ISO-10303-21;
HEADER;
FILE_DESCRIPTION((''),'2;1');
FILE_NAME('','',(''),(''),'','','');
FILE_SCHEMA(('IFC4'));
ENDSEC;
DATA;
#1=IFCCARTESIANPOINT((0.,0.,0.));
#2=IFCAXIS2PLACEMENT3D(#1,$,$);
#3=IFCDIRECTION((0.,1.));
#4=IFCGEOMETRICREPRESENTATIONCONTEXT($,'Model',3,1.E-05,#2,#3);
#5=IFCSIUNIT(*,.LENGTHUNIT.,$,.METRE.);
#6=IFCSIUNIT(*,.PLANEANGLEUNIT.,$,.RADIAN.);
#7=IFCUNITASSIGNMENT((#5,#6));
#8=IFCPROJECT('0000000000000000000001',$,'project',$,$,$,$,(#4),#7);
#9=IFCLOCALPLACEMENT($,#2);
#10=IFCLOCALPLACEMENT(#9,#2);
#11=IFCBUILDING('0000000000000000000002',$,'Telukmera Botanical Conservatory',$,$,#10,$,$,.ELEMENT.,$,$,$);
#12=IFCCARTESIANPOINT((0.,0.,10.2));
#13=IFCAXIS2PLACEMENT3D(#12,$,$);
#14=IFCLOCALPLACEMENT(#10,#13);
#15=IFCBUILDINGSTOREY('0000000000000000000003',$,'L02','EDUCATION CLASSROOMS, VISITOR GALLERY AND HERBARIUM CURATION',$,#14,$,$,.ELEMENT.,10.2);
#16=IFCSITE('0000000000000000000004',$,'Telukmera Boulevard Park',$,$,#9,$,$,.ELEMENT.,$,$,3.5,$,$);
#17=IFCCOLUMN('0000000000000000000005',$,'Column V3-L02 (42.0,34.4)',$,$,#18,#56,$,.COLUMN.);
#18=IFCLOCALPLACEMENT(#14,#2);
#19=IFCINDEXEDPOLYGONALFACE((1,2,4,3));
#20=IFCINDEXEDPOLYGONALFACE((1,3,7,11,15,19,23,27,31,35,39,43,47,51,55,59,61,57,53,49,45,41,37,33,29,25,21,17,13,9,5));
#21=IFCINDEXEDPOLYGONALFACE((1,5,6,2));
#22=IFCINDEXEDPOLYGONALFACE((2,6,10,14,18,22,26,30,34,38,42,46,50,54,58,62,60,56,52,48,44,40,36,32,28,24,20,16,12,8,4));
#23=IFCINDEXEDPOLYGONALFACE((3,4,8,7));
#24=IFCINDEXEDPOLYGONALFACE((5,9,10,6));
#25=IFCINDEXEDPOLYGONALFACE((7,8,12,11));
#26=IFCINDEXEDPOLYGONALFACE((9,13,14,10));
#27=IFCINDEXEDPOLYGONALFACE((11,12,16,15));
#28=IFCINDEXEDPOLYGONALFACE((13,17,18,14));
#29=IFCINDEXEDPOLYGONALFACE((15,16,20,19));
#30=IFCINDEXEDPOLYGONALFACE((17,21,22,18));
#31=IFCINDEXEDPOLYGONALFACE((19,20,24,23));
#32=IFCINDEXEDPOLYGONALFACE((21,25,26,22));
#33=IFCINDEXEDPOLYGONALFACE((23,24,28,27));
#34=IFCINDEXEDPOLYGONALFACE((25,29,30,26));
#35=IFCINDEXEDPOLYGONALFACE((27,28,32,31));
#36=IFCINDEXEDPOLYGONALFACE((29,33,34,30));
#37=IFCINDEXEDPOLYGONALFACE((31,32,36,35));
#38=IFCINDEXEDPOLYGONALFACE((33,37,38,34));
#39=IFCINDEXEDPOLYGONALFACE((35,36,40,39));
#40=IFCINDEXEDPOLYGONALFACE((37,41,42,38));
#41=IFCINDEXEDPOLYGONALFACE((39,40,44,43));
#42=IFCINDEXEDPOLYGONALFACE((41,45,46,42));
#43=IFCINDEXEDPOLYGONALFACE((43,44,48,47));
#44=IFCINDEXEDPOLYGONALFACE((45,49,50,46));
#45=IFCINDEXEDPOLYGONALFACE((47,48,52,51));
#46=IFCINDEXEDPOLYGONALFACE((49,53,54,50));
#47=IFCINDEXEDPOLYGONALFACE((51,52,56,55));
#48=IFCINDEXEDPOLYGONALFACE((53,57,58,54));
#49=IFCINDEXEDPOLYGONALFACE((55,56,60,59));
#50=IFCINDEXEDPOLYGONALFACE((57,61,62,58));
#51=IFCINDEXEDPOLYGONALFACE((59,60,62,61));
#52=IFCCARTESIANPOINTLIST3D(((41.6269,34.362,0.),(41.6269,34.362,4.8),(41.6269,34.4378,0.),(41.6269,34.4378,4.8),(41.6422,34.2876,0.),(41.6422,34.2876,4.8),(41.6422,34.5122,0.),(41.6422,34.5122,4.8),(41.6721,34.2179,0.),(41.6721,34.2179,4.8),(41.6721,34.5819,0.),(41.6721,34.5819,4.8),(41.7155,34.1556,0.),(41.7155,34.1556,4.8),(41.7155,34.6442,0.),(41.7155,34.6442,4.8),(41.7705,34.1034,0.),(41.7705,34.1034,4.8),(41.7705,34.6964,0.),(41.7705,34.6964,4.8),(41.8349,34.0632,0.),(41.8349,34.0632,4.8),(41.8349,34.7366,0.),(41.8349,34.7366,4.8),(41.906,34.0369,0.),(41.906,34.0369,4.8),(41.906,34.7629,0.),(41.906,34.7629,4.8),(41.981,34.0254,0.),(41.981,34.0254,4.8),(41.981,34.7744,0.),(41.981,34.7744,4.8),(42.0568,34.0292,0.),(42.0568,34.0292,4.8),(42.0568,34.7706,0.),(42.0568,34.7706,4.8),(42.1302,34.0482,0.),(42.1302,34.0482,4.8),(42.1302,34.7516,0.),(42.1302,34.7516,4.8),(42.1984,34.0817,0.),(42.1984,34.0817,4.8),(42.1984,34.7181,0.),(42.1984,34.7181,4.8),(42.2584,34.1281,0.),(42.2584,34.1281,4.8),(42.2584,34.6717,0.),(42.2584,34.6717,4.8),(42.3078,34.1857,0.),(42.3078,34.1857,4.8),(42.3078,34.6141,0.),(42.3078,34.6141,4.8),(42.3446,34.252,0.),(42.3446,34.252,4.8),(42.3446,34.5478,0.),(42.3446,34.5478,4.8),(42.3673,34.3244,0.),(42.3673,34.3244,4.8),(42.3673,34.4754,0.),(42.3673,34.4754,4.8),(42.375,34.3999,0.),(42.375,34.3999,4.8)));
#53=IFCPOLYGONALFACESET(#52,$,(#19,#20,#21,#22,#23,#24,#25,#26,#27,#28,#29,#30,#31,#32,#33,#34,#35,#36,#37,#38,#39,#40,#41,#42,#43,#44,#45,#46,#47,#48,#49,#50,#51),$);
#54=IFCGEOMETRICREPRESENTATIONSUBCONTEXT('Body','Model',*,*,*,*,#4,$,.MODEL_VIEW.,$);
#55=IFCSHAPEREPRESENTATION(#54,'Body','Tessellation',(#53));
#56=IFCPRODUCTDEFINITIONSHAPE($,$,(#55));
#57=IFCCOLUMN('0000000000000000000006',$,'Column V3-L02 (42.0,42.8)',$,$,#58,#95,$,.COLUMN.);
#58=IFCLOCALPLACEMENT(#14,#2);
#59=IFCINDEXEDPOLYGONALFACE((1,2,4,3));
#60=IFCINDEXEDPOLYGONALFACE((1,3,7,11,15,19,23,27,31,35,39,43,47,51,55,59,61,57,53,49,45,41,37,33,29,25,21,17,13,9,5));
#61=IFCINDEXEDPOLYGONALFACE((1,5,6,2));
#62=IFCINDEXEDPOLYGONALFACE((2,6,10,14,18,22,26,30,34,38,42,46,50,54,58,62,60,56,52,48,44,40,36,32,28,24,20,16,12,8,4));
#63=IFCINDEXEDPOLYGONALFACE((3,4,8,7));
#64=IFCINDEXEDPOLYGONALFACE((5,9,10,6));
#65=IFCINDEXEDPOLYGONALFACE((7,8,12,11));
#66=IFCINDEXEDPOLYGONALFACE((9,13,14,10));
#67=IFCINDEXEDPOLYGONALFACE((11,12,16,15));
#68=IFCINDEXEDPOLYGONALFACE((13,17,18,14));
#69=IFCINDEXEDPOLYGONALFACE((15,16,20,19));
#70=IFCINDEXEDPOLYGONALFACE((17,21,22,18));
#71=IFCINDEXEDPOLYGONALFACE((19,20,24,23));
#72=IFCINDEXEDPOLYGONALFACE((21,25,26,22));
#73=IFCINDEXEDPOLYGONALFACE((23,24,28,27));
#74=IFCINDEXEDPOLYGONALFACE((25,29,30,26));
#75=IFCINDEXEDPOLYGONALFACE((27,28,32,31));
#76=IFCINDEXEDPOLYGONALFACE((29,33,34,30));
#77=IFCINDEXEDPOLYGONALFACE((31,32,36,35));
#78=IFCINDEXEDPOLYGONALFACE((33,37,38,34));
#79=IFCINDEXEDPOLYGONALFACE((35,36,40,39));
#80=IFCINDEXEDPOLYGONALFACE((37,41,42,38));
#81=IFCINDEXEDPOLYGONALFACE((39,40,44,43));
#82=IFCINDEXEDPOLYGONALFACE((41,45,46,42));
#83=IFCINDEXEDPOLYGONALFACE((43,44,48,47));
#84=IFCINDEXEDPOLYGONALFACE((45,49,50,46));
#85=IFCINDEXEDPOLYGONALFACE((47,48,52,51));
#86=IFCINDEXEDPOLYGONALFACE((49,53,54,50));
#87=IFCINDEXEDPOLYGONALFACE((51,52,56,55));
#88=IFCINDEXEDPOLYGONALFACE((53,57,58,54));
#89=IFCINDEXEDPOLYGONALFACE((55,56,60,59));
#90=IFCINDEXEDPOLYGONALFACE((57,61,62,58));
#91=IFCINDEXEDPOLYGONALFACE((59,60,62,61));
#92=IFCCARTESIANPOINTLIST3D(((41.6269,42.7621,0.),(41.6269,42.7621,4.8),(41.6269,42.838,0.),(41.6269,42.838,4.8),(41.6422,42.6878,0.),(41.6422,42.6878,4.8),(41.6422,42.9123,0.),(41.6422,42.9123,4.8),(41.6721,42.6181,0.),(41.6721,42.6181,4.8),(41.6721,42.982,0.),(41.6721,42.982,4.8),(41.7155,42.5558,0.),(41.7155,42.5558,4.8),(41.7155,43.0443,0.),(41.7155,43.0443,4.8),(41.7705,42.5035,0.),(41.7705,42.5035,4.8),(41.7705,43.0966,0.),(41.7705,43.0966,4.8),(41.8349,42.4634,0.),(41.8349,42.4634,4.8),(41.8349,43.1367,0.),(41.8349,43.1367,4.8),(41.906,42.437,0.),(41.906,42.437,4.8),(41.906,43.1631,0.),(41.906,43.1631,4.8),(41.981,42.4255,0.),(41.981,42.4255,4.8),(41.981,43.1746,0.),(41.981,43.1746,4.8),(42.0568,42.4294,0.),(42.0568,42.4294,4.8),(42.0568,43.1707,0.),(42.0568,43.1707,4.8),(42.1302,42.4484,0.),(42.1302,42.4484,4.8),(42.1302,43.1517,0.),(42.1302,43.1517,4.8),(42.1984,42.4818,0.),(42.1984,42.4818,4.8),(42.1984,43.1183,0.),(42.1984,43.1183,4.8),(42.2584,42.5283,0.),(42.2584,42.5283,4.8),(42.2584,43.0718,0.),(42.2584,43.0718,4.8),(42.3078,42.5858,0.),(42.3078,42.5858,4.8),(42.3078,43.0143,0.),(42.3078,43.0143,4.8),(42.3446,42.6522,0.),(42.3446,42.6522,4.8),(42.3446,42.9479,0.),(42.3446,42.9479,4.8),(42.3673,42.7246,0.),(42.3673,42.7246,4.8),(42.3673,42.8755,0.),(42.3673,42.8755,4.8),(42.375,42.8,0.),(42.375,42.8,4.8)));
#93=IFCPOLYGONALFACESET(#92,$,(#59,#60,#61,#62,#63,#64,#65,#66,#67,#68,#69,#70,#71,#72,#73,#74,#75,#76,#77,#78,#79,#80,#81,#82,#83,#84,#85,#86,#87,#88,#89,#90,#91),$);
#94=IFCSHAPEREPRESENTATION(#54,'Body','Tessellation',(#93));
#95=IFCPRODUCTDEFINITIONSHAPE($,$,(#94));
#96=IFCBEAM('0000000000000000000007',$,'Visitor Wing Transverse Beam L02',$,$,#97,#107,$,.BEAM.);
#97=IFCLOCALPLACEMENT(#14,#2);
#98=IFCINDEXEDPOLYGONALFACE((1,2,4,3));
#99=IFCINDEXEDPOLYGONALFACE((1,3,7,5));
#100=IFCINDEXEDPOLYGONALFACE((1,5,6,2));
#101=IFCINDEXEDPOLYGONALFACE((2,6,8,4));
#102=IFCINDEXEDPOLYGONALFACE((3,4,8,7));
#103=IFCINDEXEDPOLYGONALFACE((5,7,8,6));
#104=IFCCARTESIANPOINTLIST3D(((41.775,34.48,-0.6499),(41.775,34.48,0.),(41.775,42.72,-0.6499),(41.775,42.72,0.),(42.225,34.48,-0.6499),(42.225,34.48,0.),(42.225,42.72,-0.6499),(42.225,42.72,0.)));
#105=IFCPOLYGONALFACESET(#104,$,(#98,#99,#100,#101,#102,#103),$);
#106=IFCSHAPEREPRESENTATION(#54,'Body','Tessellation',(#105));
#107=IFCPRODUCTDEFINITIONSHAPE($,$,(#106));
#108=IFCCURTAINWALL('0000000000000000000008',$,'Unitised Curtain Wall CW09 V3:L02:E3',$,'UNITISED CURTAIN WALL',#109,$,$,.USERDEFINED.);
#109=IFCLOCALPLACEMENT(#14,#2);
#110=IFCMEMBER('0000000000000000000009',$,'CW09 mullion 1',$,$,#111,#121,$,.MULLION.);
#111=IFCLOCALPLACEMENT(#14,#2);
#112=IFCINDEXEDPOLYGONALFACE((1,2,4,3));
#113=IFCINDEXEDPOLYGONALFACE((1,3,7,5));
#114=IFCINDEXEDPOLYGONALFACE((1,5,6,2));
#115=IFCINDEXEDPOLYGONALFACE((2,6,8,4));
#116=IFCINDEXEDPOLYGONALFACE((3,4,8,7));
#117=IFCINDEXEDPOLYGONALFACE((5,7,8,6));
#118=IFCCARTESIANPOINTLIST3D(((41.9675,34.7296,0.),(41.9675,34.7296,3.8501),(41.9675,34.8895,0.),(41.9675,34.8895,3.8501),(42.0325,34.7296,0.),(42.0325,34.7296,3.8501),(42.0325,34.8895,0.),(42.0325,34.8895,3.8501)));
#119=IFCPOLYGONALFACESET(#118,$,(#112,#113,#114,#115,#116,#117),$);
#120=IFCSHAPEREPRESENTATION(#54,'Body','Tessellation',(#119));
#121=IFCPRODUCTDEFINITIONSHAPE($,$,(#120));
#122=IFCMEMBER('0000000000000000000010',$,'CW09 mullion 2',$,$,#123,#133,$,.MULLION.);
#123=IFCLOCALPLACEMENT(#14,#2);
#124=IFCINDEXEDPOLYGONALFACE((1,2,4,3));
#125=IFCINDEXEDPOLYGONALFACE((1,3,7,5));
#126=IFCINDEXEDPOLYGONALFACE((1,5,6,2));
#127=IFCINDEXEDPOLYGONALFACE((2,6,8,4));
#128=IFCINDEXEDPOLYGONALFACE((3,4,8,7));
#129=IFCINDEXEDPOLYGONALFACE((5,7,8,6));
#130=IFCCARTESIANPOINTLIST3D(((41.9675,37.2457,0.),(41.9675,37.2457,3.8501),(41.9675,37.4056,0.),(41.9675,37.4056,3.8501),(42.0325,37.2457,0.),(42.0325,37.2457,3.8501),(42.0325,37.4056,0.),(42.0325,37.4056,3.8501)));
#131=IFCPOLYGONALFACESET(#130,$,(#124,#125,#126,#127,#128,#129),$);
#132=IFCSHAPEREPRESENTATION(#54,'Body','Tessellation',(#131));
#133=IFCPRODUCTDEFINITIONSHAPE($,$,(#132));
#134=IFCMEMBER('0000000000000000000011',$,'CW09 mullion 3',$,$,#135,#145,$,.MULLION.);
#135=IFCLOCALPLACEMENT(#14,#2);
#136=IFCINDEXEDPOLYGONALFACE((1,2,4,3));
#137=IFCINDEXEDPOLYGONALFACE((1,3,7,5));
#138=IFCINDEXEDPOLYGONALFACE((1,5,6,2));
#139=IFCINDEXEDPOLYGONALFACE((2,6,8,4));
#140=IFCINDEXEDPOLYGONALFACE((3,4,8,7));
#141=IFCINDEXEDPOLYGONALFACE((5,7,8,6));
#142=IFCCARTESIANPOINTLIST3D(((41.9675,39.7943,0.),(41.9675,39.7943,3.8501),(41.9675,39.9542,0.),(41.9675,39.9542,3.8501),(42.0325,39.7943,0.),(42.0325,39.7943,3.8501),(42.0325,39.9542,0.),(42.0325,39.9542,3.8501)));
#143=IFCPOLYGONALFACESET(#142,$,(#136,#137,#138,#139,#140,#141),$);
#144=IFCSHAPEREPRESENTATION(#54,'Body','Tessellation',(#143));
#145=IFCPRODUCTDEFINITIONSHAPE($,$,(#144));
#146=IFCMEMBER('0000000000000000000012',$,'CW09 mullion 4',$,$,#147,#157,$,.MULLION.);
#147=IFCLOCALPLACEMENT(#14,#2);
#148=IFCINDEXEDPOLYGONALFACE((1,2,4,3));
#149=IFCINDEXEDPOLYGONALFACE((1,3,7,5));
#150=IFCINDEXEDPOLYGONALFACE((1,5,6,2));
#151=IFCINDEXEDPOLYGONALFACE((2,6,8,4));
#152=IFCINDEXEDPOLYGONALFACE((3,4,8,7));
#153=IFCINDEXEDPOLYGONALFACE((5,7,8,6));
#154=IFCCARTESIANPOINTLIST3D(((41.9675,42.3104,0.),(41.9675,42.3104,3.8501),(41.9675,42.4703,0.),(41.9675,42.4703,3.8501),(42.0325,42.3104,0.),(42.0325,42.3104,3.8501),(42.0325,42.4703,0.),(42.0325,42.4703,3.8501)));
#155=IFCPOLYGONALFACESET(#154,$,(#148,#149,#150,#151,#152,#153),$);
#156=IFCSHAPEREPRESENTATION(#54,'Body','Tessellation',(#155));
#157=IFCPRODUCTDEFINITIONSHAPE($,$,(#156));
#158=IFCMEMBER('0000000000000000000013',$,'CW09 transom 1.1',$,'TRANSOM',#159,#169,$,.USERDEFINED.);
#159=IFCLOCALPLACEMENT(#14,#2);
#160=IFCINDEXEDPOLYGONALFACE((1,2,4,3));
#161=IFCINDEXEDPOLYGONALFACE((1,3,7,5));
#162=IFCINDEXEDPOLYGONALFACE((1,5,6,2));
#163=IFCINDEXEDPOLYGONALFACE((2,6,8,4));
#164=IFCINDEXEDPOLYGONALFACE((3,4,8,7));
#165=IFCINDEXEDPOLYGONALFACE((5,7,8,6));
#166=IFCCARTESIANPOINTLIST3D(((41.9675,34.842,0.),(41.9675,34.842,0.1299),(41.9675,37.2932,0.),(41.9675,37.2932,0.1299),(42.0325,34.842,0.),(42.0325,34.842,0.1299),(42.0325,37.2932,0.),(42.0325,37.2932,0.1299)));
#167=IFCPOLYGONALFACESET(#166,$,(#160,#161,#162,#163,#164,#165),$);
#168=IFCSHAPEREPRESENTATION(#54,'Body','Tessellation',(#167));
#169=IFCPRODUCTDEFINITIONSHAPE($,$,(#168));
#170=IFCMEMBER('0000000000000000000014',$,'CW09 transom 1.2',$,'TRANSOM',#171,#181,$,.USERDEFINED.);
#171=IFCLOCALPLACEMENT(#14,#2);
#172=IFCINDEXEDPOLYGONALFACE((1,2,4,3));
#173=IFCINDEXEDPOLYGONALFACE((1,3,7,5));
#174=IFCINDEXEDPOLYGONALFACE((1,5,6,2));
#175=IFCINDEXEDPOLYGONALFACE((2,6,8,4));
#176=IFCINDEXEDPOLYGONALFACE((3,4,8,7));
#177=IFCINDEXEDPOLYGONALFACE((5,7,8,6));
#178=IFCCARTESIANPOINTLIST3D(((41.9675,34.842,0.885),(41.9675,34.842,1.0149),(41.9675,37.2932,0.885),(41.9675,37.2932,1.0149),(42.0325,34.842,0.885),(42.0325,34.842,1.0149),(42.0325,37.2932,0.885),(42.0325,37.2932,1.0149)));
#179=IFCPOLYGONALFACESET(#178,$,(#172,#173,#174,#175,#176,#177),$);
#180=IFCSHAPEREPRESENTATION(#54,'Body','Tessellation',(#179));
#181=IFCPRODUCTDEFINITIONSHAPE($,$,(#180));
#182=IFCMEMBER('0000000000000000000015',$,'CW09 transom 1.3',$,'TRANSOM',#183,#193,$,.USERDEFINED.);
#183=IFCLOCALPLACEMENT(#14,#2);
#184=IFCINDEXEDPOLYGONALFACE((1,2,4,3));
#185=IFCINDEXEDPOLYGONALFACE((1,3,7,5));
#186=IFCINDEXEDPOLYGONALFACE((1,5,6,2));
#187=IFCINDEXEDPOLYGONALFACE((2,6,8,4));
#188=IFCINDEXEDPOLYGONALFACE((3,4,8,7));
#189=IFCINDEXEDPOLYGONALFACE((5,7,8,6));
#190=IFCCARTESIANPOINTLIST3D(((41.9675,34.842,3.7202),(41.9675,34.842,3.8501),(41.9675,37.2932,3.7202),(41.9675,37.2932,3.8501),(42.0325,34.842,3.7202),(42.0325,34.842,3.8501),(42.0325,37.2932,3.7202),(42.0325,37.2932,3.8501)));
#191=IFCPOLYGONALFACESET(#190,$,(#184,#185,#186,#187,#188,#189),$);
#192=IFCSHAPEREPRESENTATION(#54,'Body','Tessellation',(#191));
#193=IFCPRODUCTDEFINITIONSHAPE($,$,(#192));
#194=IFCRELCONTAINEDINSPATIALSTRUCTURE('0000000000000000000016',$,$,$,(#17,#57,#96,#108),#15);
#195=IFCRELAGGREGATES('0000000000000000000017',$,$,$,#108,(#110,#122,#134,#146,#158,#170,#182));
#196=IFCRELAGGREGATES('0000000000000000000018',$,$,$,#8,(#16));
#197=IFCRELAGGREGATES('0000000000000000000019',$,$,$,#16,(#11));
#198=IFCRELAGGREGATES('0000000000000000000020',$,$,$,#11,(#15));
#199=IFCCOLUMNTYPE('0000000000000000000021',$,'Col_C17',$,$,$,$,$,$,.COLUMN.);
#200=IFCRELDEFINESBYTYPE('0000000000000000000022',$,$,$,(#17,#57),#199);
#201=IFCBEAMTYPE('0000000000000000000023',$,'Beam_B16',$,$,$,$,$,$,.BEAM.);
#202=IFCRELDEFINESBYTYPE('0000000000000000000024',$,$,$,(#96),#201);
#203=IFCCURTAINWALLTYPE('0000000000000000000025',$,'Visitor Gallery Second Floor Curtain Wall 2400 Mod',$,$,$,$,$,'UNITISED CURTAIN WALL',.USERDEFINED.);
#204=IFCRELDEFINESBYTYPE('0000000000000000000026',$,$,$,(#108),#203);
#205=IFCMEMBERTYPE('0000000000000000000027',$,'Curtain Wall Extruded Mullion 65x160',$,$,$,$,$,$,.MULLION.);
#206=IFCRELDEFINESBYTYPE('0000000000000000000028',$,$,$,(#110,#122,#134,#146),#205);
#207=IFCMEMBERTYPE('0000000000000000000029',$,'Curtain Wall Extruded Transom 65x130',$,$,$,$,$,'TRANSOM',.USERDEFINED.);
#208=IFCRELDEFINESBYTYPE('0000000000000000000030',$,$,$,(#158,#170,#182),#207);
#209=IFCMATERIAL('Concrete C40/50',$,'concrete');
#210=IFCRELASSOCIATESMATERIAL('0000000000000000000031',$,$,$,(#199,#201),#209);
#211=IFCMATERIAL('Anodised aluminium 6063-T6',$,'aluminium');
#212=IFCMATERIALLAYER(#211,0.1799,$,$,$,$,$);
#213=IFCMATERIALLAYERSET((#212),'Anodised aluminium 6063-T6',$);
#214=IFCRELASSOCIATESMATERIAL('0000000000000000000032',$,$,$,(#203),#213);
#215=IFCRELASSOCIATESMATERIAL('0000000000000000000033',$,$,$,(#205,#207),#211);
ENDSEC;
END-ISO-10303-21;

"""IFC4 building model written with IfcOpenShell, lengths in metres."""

from ifc_helpers import new_model, si_unit, direction, frame, origin, origin_2d, place, context, subcontext, project, spatial, rectangle, circle, extrude, material, layer, layer_set, material_profile, profile_set, type_object, element, aggregate, save


model = new_model("IFC4")

# Units and contexts
model_context = context("Model", 3, precision=1e-05, world=origin(), true_north=direction((0.0, 1.0)))
body_context = subcontext(model_context, "Body", "Model", "MODEL_VIEW")
ifc_project = project(units=[si_unit("LENGTHUNIT", "METRE"), si_unit("PLANEANGLEUNIT", "RADIAN")], contexts=[model_context])

# Site, building, storey
site_placement = place(None, origin())
site = spatial("IfcSite", under=ifc_project, at=site_placement, Name="Telukmera Boulevard Park", CompositionType="ELEMENT", RefElevation=3.5)
building_placement = place(site_placement, origin())
building = spatial("IfcBuilding", under=site, at=building_placement, Name="Telukmera Botanical Conservatory", CompositionType="ELEMENT")
storey_placement = place(building_placement, frame((0.0, 0.0, 10.2)))
storey = spatial("IfcBuildingStorey", under=building, at=storey_placement, Name="L02", Description="EDUCATION CLASSROOMS, VISITOR GALLERY AND HERBARIUM CURATION", CompositionType="ELEMENT", Elevation=10.2)

# Columns
ifc_material_1 = material(Name="Concrete C40/50", Category="concrete")
ifc_material_profile_1 = material_profile(ifc_material_1, circle(Radius=0.375, at=origin_2d()), Name="RC D750")
ifc_profile_set_1 = profile_set([ifc_material_profile_1], Name="Concrete C40/50")
column_type = type_object("IfcColumnType", Name="Col_C17", PredefinedType="COLUMN", material=ifc_profile_set_1)
for number, where, z_axis, x_axis, name in (
    (1, (42.0, 34.3999, 0.0), (0.0, 0.0, 1.0), (1.0, 0.0, 0.0), "Column V3-L02 (42.0,34.4)"),
    (2, (42.0, 42.8, 0.0), (0.0, 0.0, 1.0), (1.0, 0.0, 0.0), "Column V3-L02 (42.0,42.8)"),
):
    element("IfcColumn", number, at=place(storey_placement, frame(where, z_axis=z_axis, x_axis=x_axis)), inside=storey, type_object=column_type, Name=name, PredefinedType="COLUMN", context=body_context, shape_type="SweptSolid", body=[
        extrude(circle(Radius=0.375, at=origin_2d()), origin(), (0.0, 0.0, 1.0), 4.8),
    ])

# Beam
ifc_material_profile_2 = material_profile(ifc_material_1, rectangle(XDim=0.45, YDim=0.6499, at=origin_2d()), Name="RC 450x650")
ifc_profile_set_2 = profile_set([ifc_material_profile_2], Name="Concrete C40/50")
beam_type = type_object("IfcBeamType", Name="Beam_B16", PredefinedType="BEAM", material=ifc_profile_set_2)
beam_placement = place(storey_placement, frame((42.0, 34.48, -0.325), z_axis=(0.0, 1.0, 0.0), x_axis=(-1.0, 0.0, 0.0)))
element("IfcBeam", 3, at=beam_placement, inside=storey, type_object=beam_type, Name="Visitor Wing Transverse Beam L02", PredefinedType="BEAM", context=body_context, shape_type="SweptSolid", body=[
    extrude(rectangle(XDim=0.45, YDim=0.6499, at=origin_2d()), origin(), (0.0, 0.0, 1.0), 8.24),
])

# Curtain wall, members
ifc_material_2 = material(Name="Anodised aluminium 6063-T6", Category="aluminium")
ifc_layer_1 = layer(ifc_material_2, 0.1799)
ifc_layer_set_1 = layer_set([ifc_layer_1], Name="Anodised aluminium 6063-T6")
curtain_wall_type = type_object("IfcCurtainWallType", Name="Visitor Gallery Second Floor Curtain Wall 2400 Mod", ElementType="UNITISED CURTAIN WALL", PredefinedType="USERDEFINED", material=ifc_layer_set_1)
curtain_wall_placement = place(storey_placement, origin())
curtain_wall = element("IfcCurtainWall", 4, at=curtain_wall_placement, inside=storey, type_object=curtain_wall_type, Name="Unitised Curtain Wall CW09 V3:L02:E3", ObjectType="UNITISED CURTAIN WALL", PredefinedType="USERDEFINED")
ifc_material_profile_3 = material_profile(ifc_material_2, rectangle(XDim=0.0649, YDim=0.1599, at=origin_2d()), Name="ALU MULL 65x160")
ifc_profile_set_3 = profile_set([ifc_material_profile_3], Name="Anodised aluminium 6063-T6")
member_type_1 = type_object("IfcMemberType", Name="Curtain Wall Extruded Mullion 65x160", PredefinedType="MULLION", material=ifc_profile_set_3)
member_1_placement = place(storey_placement, frame((42.0, 34.8096, 0.0), z_axis=(0.0, 0.0, 1.0), x_axis=(-1.0, 0.0, 0.0)))
member_1 = element("IfcMember", 5, at=member_1_placement, type_object=member_type_1, Name="CW09 mullion 1", PredefinedType="MULLION", context=body_context, shape_type="SweptSolid", body=[
    extrude(rectangle(XDim=0.0649, YDim=0.1599, at=origin_2d()), origin(), (0.0, 0.0, 1.0), 3.8501),
])
member_2_placement = place(storey_placement, frame((42.0, 37.3257, 0.0), z_axis=(0.0, 0.0, 1.0), x_axis=(-1.0, 0.0, 0.0)))
member_2 = element("IfcMember", 6, at=member_2_placement, type_object=member_type_1, Name="CW09 mullion 2", PredefinedType="MULLION", context=body_context, shape_type="SweptSolid", body=[
    extrude(rectangle(XDim=0.0649, YDim=0.1599, at=origin_2d()), origin(), (0.0, 0.0, 1.0), 3.8501),
])
member_3_placement = place(storey_placement, frame((42.0, 39.8743, 0.0), z_axis=(0.0, 0.0, 1.0), x_axis=(-1.0, 0.0, 0.0)))
member_3 = element("IfcMember", 7, at=member_3_placement, type_object=member_type_1, Name="CW09 mullion 3", PredefinedType="MULLION", context=body_context, shape_type="SweptSolid", body=[
    extrude(rectangle(XDim=0.0649, YDim=0.1599, at=origin_2d()), origin(), (0.0, 0.0, 1.0), 3.8501),
])
member_4_placement = place(storey_placement, frame((42.0, 42.3904, 0.0), z_axis=(0.0, 0.0, 1.0), x_axis=(-1.0, 0.0, 0.0)))
member_4 = element("IfcMember", 8, at=member_4_placement, type_object=member_type_1, Name="CW09 mullion 4", PredefinedType="MULLION", context=body_context, shape_type="SweptSolid", body=[
    extrude(rectangle(XDim=0.0649, YDim=0.1599, at=origin_2d()), origin(), (0.0, 0.0, 1.0), 3.8501),
])
ifc_material_profile_4 = material_profile(ifc_material_2, rectangle(XDim=0.0649, YDim=0.1299, at=origin_2d()), Name="ALU TRAN 65x130")
ifc_profile_set_4 = profile_set([ifc_material_profile_4], Name="Anodised aluminium 6063-T6")
member_type_2 = type_object("IfcMemberType", Name="Curtain Wall Extruded Transom 65x130", ElementType="TRANSOM", PredefinedType="USERDEFINED", material=ifc_profile_set_4)
member_5_placement = place(storey_placement, frame((42.0, 34.842, 0.0649), z_axis=(0.0, 1.0, 0.0), x_axis=(-1.0, 0.0, 0.0)))
member_5 = element("IfcMember", 9, at=member_5_placement, type_object=member_type_2, Name="CW09 transom 1.1", ObjectType="TRANSOM", PredefinedType="USERDEFINED", context=body_context, shape_type="SweptSolid", body=[
    extrude(rectangle(XDim=0.0649, YDim=0.1299, at=origin_2d()), origin(), (0.0, 0.0, 1.0), 2.4512),
])
member_6_placement = place(storey_placement, frame((42.0, 34.842, 0.95), z_axis=(0.0, 1.0, 0.0), x_axis=(-1.0, 0.0, 0.0)))
member_6 = element("IfcMember", 10, at=member_6_placement, type_object=member_type_2, Name="CW09 transom 1.2", ObjectType="TRANSOM", PredefinedType="USERDEFINED", context=body_context, shape_type="SweptSolid", body=[
    extrude(rectangle(XDim=0.0649, YDim=0.1299, at=origin_2d()), origin(), (0.0, 0.0, 1.0), 2.4512),
])
member_7_placement = place(storey_placement, frame((42.0, 34.842, 3.7852), z_axis=(0.0, 1.0, 0.0), x_axis=(-1.0, 0.0, 0.0)))
member_7 = element("IfcMember", 11, at=member_7_placement, type_object=member_type_2, Name="CW09 transom 1.3", ObjectType="TRANSOM", PredefinedType="USERDEFINED", context=body_context, shape_type="SweptSolid", body=[
    extrude(rectangle(XDim=0.0649, YDim=0.1299, at=origin_2d()), origin(), (0.0, 0.0, 1.0), 2.4512),
])
aggregate(curtain_wall, [member_1, member_2, member_3, member_4, member_5, member_6, member_7])

save(model, "model.ifc")
